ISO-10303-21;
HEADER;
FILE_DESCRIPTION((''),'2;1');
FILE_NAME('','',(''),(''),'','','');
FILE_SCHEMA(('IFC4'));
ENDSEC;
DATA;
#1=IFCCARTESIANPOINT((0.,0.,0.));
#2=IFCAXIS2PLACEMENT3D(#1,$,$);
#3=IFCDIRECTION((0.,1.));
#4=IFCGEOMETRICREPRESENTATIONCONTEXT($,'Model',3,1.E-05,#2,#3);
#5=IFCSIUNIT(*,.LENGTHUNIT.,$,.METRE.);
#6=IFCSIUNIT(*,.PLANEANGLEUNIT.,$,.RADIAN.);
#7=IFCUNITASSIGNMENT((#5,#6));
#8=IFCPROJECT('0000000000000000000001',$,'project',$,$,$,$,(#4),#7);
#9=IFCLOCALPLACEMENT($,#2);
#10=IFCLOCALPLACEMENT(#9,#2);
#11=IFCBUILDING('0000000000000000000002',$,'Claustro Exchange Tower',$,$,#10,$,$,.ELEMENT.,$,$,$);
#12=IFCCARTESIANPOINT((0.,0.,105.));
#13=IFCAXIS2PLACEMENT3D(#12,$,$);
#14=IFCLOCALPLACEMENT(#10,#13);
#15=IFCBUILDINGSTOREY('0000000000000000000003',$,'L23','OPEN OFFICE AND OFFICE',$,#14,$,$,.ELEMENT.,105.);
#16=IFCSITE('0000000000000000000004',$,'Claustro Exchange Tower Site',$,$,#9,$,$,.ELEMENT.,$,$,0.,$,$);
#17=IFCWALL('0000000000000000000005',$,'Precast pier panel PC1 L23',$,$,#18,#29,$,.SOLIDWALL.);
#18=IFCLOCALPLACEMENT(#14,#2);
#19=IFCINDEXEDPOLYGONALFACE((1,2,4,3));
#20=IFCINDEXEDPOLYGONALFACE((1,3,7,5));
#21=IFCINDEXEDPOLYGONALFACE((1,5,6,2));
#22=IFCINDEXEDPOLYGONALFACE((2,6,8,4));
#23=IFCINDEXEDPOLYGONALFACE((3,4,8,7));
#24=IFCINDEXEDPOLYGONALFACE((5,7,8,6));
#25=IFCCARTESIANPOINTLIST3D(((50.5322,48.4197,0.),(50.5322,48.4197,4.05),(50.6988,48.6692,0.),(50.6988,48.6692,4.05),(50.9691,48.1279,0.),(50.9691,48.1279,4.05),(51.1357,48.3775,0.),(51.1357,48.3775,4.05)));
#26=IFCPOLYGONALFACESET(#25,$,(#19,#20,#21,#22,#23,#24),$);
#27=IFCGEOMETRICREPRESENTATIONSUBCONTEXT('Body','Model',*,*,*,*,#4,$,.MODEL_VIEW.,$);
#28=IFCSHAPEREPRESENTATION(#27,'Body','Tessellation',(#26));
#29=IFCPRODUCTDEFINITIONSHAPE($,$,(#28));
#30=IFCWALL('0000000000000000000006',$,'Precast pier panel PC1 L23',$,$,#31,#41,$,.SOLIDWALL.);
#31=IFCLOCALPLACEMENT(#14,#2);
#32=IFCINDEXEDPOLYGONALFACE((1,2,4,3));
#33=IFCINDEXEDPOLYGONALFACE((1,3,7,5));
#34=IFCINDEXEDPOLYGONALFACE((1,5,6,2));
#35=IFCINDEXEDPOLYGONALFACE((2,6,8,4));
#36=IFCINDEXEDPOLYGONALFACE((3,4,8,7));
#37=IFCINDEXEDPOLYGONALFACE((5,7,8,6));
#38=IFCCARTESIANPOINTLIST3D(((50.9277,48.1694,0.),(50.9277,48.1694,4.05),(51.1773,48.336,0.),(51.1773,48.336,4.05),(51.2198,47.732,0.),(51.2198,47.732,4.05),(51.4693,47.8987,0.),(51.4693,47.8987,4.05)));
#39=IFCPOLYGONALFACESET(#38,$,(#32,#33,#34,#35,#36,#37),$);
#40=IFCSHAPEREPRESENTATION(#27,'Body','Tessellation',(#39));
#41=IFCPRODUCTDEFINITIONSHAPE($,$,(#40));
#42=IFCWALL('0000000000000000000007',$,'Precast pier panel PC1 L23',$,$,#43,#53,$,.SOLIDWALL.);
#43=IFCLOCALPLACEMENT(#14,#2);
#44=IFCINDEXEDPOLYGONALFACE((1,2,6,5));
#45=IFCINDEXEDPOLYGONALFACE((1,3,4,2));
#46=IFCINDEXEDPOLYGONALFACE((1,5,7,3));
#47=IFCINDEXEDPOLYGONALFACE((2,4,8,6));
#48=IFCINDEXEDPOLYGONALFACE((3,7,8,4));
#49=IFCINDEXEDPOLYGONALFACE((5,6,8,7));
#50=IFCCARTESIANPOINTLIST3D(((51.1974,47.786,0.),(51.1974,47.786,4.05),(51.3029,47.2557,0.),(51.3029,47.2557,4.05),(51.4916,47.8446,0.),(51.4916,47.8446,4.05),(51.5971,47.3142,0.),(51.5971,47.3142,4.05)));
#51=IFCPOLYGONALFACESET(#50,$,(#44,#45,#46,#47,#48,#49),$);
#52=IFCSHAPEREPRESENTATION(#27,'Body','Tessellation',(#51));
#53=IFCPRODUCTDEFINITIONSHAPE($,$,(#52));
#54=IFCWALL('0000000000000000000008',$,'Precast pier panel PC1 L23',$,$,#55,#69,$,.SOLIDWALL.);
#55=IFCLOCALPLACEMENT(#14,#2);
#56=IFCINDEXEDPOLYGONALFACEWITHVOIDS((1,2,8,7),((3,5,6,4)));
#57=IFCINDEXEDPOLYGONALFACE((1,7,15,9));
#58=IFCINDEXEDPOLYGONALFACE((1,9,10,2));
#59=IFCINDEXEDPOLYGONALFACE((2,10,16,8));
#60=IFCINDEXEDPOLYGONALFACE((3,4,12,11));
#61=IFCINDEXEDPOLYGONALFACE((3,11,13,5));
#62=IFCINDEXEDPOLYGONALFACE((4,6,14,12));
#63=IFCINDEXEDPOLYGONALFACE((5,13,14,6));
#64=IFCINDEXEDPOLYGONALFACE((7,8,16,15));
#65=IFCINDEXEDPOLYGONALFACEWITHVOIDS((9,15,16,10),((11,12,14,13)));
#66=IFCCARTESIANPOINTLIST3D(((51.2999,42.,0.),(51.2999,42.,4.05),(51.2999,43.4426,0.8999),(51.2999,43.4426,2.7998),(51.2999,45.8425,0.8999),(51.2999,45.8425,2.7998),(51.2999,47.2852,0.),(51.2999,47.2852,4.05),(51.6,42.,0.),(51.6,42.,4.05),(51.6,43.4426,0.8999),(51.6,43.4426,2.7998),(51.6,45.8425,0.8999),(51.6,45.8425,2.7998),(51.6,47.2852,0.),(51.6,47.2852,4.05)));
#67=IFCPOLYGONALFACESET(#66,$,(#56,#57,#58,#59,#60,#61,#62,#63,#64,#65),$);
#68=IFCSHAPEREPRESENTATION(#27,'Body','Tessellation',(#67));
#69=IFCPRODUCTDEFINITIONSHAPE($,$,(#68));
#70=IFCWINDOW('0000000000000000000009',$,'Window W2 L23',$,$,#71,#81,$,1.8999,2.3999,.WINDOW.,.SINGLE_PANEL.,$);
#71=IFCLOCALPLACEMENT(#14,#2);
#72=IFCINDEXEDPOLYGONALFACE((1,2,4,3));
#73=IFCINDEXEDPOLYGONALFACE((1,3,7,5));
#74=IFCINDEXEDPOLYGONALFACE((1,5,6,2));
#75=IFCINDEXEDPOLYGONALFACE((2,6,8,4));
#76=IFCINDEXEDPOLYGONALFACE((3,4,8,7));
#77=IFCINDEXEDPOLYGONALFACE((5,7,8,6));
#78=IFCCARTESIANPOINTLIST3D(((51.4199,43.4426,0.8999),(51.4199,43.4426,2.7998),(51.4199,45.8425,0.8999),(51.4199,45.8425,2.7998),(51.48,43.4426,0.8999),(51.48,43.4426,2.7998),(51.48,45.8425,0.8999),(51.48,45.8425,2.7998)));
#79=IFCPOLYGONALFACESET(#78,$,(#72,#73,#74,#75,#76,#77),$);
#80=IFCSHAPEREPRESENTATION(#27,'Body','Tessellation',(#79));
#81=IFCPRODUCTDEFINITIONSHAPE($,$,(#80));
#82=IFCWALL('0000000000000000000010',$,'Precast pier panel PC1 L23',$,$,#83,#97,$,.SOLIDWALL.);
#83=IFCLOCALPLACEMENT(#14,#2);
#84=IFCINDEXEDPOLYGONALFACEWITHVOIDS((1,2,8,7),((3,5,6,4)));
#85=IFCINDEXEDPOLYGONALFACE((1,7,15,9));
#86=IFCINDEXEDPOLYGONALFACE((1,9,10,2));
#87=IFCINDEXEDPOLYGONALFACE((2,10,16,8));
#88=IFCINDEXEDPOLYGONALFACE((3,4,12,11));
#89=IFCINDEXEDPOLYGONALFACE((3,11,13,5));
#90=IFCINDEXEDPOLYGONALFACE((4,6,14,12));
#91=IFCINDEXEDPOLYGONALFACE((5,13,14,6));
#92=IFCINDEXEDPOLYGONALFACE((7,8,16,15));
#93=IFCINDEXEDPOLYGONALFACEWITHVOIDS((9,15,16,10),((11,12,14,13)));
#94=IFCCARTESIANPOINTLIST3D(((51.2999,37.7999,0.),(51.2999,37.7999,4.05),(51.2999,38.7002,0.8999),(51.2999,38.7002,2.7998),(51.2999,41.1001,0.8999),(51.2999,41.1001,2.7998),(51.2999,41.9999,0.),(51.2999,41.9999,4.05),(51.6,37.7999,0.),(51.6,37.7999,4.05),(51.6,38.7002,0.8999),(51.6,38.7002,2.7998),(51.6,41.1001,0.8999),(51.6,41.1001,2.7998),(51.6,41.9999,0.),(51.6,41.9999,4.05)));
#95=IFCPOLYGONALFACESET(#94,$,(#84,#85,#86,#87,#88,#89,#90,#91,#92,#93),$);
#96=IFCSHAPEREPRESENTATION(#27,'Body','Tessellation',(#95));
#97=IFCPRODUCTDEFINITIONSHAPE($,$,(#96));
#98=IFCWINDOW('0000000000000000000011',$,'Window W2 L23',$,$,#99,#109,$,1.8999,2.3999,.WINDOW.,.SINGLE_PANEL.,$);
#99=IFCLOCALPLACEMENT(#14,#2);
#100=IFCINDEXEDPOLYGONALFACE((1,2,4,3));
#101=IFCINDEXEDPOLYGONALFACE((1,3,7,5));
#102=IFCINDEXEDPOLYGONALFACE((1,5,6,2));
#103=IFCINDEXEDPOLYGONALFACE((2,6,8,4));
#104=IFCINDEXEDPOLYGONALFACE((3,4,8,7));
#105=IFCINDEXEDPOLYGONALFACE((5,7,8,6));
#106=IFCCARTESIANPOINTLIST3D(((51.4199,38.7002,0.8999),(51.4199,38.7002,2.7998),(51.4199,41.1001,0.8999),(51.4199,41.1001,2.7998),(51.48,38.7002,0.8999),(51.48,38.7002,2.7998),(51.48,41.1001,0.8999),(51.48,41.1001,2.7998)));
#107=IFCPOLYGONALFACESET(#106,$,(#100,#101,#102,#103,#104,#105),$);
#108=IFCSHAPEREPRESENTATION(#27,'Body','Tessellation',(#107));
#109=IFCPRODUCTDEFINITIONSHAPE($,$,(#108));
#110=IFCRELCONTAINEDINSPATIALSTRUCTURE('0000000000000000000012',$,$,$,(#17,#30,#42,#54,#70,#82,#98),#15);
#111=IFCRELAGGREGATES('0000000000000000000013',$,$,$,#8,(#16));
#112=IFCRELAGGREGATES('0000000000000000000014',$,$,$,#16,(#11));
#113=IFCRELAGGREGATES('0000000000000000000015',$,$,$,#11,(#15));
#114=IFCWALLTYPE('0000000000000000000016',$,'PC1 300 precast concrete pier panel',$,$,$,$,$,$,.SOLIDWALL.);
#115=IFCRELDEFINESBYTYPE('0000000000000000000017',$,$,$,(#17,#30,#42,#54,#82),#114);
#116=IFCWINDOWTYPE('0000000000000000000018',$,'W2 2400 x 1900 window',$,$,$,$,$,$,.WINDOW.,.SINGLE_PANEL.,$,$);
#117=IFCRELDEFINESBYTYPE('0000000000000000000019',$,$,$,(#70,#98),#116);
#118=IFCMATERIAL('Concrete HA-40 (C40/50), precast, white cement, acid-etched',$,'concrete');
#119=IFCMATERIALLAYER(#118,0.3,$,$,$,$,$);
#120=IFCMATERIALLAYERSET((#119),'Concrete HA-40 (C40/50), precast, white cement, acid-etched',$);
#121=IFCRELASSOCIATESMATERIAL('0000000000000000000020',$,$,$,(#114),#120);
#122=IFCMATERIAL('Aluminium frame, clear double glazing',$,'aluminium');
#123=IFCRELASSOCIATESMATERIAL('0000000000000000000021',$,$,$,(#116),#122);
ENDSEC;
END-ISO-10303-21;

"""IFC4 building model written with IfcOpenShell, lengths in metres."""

from ifc_helpers import new_model, si_unit, direction, frame, frame_2d, origin, place, context, subcontext, project, spatial, rectangle, extrude, material, layer, layer_set, type_object, element, fill, save


model = new_model("IFC4")

# Units and contexts
model_context = context("Model", 3, precision=1e-05, world=origin(), true_north=direction((0.0, 1.0)))
body_context = subcontext(model_context, "Body", "Model", "MODEL_VIEW")
ifc_project = project(units=[si_unit("LENGTHUNIT", "METRE"), si_unit("PLANEANGLEUNIT", "RADIAN")], contexts=[model_context])

# Site, building, storey
site_placement = place(None, origin())
site = spatial("IfcSite", under=ifc_project, at=site_placement, Name="Claustro Exchange Tower Site", CompositionType="ELEMENT", RefElevation=0.0)
building_placement = place(site_placement, origin())
building = spatial("IfcBuilding", under=site, at=building_placement, Name="Claustro Exchange Tower", CompositionType="ELEMENT")
storey_placement = place(building_placement, frame((0.0, 0.0, 105.0)))
storey = spatial("IfcBuildingStorey", under=building, at=storey_placement, Name="L23", Description="OPEN OFFICE AND OFFICE", CompositionType="ELEMENT", Elevation=105.0)

# Shared definitions
ifc_material_1 = material(Name="Concrete HA-40 (C40/50), precast, white cement, acid-etched", Category="concrete")
ifc_layer_1 = layer(ifc_material_1, 0.3)
ifc_layer_set_1 = layer_set([ifc_layer_1], Name="Concrete HA-40 (C40/50), precast, white cement, acid-etched")
wall_type_1 = type_object("IfcWallType", Name="PC1 300 precast concrete pier panel", PredefinedType="SOLIDWALL", material=ifc_layer_set_1)

# Walls
wall_1_placement = place(storey_placement, frame((50.6155, 48.5444, 0.0), z_axis=(0.0, 0.0, 1.0), x_axis=(0.831693, -0.555236, 0.0)))
element("IfcWall", 1, at=wall_1_placement, inside=storey, type_object=wall_type_1, Name="Precast pier panel PC1 L23", PredefinedType="SOLIDWALL", context=body_context, shape_type="SweptSolid", body=[
    extrude(rectangle(XDim=0.5254, YDim=0.3, at=frame_2d((0.2627, 0.0))), origin(), (0.0, 0.0, 1.0), 4.05),
])
wall_2_placement = place(storey_placement, frame((51.0525, 48.2527, 0.0), z_axis=(0.0, 0.0, 1.0), x_axis=(0.555343, -0.831621, 0.0)))
element("IfcWall", 2, at=wall_2_placement, inside=storey, type_object=wall_type_1, Name="Precast pier panel PC1 L23", PredefinedType="SOLIDWALL", context=body_context, shape_type="SweptSolid", body=[
    extrude(rectangle(XDim=0.5259, YDim=0.3, at=frame_2d((0.2629, 0.0))), origin(), (0.0, 0.0, 1.0), 4.05),
])
wall_3_placement = place(storey_placement, frame((51.3445, 47.8154, 0.0), z_axis=(0.0, 0.0, 1.0), x_axis=(0.195074, -0.980789, 0.0)))
element("IfcWall", 3, at=wall_3_placement, inside=storey, type_object=wall_type_1, Name="Precast pier panel PC1 L23", PredefinedType="SOLIDWALL", context=body_context, shape_type="SweptSolid", body=[
    extrude(rectangle(XDim=0.5408, YDim=0.3, at=frame_2d((0.2705, 0.0))), origin(), (0.0, 0.0, 1.0), 4.05),
])

# Walls, openings, windows
wall_4_placement = place(storey_placement, frame((51.45, 47.2852, 0.0), z_axis=(0.0, 0.0, 1.0), x_axis=(0.0, -1.0, 0.0)))
wall_4 = element("IfcWall", 4, at=wall_4_placement, inside=storey, type_object=wall_type_1, Name="Precast pier panel PC1 L23", PredefinedType="SOLIDWALL", context=body_context, shape_type="SweptSolid", body=[
    extrude(rectangle(XDim=5.2852, YDim=0.3, at=frame_2d((2.6426, 0.0))), origin(), (0.0, 0.0, 1.0), 4.05),
])
opening_1_placement = place(wall_4_placement, frame((1.4426, 0.0, 0.8999)))
opening_1 = element("IfcOpeningElement", 5, at=opening_1_placement, cuts=wall_4, PredefinedType="OPENING", context=body_context, shape_type="SweptSolid", body=[
    extrude(rectangle(XDim=2.3999, YDim=1.8999, at=frame_2d((1.2, 0.95))), frame((0.0, 0.1599, 0.0), z_axis=(0.0, -1.0, 0.0), x_axis=(1.0, 0.0, 0.0)), (0.0, 0.0, 1.0), 0.3201),
])
ifc_material_2 = material(Name="Aluminium frame, clear double glazing", Category="aluminium")
window_type_1 = type_object("IfcWindowType", Name="W2 2400 x 1900 window", PartitioningType="SINGLE_PANEL", PredefinedType="WINDOW", material=ifc_material_2)
window_1_placement = place(opening_1_placement, origin())
window_1 = element("IfcWindow", 6, at=window_1_placement, inside=storey, type_object=window_type_1, Name="Window W2 L23", OverallHeight=1.8999, OverallWidth=2.3999, PartitioningType="SINGLE_PANEL", PredefinedType="WINDOW", context=body_context, shape_type="SweptSolid", body=[
    extrude(rectangle(XDim=2.3999, YDim=1.8999, at=frame_2d((1.2, 0.95))), frame((0.0, 0.03, 0.0), z_axis=(0.0, -1.0, 0.0), x_axis=(1.0, 0.0, 0.0)), (0.0, 0.0, 1.0), 0.0601),
])
fill(opening_1, window_1)
wall_5_placement = place(storey_placement, frame((51.45, 42.0, 0.0), z_axis=(0.0, 0.0, 1.0), x_axis=(0.0, -1.0, 0.0)))
wall_5 = element("IfcWall", 7, at=wall_5_placement, inside=storey, type_object=wall_type_1, Name="Precast pier panel PC1 L23", PredefinedType="SOLIDWALL", context=body_context, shape_type="SweptSolid", body=[
    extrude(rectangle(XDim=4.2, YDim=0.3, at=frame_2d((2.1001, 0.0))), origin(), (0.0, 0.0, 1.0), 4.05),
])
opening_2_placement = place(wall_5_placement, frame((0.8999, 0.0, 0.8999)))
opening_2 = element("IfcOpeningElement", 8, at=opening_2_placement, cuts=wall_5, PredefinedType="OPENING", context=body_context, shape_type="SweptSolid", body=[
    extrude(rectangle(XDim=2.3999, YDim=1.8999, at=frame_2d((1.2, 0.95))), frame((0.0, 0.1599, 0.0), z_axis=(0.0, -1.0, 0.0), x_axis=(1.0, 0.0, 0.0)), (0.0, 0.0, 1.0), 0.3201),
])
window_2_placement = place(opening_2_placement, origin())
window_2 = element("IfcWindow", 9, at=window_2_placement, inside=storey, type_object=window_type_1, Name="Window W2 L23", OverallHeight=1.8999, OverallWidth=2.3999, PartitioningType="SINGLE_PANEL", PredefinedType="WINDOW", context=body_context, shape_type="SweptSolid", body=[
    extrude(rectangle(XDim=2.3999, YDim=1.8999, at=frame_2d((1.2, 0.95))), frame((0.0, 0.03, 0.0), z_axis=(0.0, -1.0, 0.0), x_axis=(1.0, 0.0, 0.0)), (0.0, 0.0, 1.0), 0.0601),
])
fill(opening_2, window_2)

save(model, "model.ifc")
